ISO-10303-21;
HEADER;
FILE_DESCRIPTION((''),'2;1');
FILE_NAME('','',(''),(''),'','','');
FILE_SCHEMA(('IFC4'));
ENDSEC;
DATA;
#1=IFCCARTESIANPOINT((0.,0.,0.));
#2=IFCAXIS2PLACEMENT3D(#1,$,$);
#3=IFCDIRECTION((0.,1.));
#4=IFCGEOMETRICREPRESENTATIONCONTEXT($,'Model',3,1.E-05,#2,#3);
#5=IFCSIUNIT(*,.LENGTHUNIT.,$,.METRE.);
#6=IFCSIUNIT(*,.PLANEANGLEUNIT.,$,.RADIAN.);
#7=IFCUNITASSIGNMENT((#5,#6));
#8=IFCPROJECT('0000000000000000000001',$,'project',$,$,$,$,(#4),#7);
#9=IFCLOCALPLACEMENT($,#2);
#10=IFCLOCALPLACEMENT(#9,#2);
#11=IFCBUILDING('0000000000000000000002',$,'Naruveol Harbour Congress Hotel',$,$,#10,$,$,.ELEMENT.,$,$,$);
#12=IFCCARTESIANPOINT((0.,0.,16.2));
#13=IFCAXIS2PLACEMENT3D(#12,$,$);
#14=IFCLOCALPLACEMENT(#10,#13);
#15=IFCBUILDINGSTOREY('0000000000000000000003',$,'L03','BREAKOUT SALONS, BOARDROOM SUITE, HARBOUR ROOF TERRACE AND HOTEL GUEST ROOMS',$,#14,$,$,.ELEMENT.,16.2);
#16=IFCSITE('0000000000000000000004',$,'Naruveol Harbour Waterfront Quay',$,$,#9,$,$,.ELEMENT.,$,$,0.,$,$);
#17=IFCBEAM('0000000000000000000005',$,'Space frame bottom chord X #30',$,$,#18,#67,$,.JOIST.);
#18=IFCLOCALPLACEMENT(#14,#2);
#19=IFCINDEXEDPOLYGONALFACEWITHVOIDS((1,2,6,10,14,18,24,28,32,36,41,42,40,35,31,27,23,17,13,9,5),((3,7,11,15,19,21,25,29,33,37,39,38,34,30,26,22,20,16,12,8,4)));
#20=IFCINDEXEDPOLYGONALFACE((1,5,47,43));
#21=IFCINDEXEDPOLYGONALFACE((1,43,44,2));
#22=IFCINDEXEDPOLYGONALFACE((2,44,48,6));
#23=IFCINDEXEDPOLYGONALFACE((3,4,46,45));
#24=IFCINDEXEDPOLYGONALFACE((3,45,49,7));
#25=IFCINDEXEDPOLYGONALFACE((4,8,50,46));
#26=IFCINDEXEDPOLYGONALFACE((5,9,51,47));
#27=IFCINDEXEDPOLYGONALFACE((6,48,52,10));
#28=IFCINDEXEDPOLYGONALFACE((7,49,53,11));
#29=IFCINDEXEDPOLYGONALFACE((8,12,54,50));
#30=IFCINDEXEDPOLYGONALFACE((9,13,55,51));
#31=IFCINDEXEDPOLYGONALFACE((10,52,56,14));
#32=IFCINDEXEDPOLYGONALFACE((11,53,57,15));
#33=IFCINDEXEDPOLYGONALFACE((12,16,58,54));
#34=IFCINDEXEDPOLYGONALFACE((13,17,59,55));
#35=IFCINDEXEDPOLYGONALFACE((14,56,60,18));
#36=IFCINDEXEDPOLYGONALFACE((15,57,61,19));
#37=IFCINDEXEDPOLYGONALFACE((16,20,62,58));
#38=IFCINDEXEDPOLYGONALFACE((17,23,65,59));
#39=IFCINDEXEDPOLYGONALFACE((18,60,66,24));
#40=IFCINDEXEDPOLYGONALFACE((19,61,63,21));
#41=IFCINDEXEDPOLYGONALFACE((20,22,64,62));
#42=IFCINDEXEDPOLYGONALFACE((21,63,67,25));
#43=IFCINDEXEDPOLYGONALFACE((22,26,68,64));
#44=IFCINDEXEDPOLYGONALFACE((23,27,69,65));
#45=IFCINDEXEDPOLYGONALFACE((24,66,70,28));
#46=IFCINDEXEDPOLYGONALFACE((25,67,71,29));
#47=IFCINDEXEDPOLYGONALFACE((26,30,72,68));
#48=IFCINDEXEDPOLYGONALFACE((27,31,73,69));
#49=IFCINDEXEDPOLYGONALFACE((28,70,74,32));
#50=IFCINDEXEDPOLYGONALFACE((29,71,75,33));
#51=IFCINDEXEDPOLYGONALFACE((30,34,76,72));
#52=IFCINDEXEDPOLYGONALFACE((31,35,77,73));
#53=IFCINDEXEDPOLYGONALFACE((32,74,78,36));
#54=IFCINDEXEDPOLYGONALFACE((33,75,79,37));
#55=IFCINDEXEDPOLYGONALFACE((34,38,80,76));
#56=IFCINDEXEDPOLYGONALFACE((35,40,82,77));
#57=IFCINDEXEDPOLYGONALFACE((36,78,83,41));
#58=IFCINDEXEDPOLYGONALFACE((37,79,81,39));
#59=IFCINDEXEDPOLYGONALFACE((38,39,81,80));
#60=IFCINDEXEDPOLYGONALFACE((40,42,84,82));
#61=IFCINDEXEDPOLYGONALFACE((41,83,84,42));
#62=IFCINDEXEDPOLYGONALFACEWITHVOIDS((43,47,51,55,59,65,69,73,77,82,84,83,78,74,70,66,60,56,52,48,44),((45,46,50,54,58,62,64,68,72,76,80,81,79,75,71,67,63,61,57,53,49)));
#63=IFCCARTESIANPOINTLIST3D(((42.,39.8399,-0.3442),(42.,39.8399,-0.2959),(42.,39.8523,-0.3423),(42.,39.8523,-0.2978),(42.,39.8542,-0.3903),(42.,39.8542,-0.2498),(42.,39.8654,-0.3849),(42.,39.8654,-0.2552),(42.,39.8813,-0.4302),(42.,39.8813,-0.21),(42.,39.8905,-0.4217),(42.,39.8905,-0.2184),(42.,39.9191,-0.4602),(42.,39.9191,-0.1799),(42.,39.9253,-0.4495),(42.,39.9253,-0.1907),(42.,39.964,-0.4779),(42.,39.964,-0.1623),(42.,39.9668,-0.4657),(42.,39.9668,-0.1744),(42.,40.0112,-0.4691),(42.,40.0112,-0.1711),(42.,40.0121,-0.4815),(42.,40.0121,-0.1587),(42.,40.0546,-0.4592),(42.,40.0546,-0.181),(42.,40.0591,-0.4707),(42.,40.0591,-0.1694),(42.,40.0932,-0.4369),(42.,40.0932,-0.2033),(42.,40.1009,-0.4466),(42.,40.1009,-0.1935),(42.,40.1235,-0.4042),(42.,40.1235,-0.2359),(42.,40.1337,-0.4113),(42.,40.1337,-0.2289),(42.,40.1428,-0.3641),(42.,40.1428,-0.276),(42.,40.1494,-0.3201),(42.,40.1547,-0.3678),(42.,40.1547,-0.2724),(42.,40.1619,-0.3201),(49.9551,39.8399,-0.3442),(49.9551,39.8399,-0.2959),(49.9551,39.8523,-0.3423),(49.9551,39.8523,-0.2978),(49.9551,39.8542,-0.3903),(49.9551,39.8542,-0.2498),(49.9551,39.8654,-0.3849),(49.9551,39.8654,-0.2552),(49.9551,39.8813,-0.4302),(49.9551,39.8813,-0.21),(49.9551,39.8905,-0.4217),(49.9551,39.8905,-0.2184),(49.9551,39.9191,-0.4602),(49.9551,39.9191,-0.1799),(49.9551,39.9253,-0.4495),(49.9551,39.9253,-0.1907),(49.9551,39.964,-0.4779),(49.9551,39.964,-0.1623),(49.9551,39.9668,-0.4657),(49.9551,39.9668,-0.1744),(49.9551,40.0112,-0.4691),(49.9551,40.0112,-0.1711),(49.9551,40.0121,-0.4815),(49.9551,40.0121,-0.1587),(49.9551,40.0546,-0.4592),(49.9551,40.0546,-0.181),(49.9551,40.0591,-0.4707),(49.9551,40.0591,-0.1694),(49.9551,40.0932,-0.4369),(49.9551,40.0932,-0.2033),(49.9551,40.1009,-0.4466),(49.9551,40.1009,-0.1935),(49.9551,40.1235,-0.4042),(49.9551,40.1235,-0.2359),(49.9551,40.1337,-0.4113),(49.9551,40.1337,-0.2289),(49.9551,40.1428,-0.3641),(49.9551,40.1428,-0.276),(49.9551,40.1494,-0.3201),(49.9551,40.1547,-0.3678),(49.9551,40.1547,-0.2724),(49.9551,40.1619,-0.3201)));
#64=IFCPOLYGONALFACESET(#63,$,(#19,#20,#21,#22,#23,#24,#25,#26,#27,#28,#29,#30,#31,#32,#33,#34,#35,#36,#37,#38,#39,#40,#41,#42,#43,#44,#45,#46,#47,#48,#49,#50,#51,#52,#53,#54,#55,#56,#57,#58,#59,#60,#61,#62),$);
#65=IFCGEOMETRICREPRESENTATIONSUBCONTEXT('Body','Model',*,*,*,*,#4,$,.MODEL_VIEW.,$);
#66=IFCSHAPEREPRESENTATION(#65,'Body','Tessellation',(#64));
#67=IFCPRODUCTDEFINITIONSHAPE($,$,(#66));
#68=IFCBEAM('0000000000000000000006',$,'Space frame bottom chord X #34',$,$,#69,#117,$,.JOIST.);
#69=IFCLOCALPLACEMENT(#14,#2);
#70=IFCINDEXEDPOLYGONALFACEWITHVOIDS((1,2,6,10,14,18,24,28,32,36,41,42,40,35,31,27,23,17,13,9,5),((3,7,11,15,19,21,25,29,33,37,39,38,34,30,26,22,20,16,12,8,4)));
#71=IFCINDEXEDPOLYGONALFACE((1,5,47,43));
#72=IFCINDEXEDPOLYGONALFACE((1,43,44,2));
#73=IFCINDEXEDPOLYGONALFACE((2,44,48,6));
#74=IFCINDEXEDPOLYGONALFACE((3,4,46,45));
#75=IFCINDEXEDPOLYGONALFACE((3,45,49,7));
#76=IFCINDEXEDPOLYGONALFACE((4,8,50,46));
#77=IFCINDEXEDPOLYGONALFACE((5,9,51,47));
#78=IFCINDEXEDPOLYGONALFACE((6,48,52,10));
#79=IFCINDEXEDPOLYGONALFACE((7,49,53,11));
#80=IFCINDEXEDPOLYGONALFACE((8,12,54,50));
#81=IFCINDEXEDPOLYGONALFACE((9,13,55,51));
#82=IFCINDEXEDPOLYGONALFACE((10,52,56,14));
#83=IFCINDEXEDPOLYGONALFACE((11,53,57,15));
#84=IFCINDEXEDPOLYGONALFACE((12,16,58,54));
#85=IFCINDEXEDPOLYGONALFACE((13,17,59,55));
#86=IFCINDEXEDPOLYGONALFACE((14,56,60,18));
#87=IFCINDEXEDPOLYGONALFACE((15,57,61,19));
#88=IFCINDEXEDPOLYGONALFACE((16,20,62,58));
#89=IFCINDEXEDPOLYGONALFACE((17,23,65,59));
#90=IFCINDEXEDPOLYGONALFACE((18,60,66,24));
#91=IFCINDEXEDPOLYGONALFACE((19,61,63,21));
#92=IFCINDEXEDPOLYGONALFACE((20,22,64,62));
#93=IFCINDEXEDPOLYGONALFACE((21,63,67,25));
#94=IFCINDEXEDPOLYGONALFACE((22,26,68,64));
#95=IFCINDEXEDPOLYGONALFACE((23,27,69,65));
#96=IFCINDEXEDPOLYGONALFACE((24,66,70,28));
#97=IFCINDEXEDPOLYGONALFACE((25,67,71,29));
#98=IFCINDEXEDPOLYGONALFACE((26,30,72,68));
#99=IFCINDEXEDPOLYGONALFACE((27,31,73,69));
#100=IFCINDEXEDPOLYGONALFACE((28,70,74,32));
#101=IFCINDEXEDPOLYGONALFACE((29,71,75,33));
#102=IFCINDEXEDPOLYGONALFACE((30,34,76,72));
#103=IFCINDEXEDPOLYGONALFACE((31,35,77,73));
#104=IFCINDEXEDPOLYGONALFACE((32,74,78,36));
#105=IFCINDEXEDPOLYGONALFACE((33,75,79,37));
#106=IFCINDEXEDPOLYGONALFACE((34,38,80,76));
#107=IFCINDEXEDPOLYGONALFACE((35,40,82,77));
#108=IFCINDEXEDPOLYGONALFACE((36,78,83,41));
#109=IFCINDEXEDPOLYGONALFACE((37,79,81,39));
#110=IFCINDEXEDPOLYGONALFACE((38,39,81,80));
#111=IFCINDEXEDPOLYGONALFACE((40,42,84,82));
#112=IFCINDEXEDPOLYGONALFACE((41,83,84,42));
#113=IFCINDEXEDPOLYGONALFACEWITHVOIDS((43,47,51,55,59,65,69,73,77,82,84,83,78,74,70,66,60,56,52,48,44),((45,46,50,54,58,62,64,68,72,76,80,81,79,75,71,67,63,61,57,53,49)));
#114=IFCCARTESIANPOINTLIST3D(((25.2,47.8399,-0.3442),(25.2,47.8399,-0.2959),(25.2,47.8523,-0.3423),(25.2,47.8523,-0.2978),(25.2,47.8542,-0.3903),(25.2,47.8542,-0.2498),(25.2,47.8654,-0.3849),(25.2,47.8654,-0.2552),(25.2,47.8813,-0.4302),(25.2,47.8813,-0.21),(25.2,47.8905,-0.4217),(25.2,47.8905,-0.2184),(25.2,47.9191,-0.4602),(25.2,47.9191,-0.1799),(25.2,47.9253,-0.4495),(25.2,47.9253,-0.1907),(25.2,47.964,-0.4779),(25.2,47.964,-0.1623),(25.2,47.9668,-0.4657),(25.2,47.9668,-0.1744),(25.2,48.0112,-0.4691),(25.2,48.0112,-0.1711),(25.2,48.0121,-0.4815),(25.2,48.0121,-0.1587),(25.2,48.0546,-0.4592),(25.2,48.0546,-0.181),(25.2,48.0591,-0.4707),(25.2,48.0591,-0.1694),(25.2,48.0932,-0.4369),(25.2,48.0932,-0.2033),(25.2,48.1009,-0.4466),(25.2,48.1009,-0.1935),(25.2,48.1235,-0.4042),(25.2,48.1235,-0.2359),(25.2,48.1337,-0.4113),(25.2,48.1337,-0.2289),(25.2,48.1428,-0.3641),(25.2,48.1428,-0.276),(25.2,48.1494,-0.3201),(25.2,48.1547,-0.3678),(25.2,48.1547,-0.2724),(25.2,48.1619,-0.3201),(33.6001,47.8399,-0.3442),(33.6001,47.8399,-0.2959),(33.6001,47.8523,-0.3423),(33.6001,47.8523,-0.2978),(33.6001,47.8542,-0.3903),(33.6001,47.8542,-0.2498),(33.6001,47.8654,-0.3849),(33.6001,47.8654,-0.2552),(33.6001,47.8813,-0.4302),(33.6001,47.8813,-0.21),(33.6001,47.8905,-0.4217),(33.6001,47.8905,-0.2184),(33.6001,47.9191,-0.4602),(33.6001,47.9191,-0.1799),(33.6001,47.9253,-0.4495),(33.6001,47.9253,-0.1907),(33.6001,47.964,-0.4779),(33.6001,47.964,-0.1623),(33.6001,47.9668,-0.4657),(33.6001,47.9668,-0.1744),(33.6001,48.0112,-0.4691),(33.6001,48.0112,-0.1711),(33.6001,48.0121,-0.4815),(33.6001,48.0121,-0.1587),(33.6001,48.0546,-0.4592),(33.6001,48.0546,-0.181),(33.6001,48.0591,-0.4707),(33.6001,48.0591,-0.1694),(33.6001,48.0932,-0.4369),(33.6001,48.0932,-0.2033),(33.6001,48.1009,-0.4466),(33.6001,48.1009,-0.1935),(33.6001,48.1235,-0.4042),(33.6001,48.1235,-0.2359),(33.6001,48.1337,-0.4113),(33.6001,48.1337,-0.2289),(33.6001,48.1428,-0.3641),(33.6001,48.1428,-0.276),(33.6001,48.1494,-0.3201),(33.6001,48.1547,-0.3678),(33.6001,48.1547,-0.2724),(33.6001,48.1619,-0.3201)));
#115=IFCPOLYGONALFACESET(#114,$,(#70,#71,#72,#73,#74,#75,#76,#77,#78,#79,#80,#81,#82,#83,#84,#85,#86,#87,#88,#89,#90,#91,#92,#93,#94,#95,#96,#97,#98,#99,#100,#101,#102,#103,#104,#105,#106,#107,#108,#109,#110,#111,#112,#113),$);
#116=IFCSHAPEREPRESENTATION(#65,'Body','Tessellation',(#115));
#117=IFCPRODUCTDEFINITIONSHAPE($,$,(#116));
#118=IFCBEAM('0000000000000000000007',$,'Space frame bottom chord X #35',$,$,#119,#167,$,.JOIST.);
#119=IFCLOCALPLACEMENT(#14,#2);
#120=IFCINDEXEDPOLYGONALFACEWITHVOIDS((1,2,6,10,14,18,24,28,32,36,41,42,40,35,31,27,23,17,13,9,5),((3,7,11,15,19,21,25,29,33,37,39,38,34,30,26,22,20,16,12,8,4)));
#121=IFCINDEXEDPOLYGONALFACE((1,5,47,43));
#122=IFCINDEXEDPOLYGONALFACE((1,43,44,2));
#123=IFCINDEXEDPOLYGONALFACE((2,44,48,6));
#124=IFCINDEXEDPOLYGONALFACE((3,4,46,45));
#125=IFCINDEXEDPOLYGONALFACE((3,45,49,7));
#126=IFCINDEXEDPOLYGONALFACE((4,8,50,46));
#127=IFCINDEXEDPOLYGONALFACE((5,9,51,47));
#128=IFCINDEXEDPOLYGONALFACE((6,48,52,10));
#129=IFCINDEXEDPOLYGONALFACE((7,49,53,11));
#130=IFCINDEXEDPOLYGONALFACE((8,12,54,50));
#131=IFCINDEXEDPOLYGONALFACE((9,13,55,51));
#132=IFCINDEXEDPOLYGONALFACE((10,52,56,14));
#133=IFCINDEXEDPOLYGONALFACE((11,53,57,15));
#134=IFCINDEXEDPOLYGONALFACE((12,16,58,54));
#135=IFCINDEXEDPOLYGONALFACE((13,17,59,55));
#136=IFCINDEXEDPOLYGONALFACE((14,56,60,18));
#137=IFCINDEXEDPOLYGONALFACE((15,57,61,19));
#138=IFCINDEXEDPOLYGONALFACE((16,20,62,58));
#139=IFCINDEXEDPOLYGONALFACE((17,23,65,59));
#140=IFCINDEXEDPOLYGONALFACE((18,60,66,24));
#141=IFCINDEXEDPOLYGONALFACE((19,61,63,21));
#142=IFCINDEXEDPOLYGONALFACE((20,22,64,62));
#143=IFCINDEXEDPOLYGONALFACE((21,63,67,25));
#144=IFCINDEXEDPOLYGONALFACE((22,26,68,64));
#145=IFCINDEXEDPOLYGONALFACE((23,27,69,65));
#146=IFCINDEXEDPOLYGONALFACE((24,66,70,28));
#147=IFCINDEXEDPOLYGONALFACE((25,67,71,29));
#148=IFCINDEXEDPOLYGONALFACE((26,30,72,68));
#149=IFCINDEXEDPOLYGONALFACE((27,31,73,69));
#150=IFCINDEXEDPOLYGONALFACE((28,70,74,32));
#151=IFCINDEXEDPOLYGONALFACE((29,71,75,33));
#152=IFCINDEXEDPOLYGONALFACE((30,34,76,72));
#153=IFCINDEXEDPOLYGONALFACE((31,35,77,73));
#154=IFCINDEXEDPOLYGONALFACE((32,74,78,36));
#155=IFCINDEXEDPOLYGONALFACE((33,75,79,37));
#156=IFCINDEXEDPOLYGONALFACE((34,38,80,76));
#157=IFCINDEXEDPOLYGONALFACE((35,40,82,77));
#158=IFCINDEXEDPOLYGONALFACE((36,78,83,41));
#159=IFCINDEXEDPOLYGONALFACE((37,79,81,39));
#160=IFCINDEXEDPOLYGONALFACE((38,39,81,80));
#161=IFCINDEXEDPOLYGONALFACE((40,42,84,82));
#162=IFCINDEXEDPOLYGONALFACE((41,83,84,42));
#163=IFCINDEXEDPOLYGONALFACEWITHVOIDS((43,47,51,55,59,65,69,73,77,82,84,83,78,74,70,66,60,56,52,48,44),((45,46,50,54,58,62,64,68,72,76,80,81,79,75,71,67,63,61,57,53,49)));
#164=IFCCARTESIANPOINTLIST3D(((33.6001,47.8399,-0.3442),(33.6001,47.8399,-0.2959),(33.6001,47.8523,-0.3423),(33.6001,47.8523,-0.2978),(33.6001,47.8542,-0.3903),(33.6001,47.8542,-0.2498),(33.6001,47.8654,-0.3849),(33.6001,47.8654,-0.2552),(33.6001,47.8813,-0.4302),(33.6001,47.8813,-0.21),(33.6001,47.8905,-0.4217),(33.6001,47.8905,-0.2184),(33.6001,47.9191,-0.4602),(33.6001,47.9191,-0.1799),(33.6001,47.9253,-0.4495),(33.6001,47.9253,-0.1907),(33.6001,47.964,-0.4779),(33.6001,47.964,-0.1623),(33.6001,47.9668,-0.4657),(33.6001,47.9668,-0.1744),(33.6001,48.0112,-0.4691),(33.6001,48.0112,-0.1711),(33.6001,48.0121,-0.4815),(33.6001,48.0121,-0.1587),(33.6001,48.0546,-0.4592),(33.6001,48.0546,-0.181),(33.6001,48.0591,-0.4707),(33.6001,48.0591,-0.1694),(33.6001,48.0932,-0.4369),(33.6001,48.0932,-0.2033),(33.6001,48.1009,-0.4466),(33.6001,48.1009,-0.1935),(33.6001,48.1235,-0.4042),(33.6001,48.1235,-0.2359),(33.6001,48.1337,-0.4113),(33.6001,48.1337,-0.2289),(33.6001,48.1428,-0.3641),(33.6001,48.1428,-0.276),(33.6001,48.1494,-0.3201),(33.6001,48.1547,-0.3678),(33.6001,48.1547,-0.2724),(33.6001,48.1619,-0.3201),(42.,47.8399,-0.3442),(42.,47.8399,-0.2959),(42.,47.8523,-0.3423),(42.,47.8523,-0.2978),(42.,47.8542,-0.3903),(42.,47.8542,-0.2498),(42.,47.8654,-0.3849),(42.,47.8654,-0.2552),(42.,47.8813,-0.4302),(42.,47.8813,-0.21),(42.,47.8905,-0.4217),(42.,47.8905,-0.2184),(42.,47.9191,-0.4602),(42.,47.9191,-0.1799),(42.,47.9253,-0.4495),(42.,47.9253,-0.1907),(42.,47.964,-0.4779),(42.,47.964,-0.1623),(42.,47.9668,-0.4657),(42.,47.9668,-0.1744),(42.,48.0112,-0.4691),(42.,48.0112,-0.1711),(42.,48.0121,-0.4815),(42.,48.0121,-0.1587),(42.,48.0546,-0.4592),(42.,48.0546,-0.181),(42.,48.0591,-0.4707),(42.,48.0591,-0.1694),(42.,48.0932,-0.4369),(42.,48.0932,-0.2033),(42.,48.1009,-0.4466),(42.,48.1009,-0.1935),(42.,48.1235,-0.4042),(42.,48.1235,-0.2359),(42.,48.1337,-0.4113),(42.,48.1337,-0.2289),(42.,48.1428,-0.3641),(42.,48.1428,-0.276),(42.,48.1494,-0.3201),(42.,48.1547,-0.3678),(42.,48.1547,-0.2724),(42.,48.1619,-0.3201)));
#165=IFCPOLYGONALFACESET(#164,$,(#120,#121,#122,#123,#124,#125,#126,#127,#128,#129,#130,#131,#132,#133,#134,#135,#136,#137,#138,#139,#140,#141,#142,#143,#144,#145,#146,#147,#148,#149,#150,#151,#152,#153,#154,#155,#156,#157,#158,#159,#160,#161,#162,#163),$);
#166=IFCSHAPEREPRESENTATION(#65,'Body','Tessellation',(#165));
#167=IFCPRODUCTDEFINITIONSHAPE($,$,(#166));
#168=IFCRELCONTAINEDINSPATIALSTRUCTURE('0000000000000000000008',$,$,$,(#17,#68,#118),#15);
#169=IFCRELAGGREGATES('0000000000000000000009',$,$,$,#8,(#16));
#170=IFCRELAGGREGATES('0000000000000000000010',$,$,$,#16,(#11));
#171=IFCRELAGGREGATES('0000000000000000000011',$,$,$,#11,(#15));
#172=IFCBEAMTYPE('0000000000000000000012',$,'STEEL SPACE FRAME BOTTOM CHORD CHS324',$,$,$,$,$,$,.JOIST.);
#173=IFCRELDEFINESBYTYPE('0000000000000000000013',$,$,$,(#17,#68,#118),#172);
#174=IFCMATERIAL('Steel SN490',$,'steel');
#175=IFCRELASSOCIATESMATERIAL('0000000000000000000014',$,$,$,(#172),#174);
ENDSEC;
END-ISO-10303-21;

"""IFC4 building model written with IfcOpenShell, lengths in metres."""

from ifc_helpers import new_model, si_unit, direction, frame, origin, origin_2d, place, context, subcontext, project, spatial, hollow_circle, extrude, material, material_profile, profile_set, type_object, element, save


model = new_model("IFC4")

# Units and contexts
model_context = context("Model", 3, precision=1e-05, world=origin(), true_north=direction((0.0, 1.0)))
body_context = subcontext(model_context, "Body", "Model", "MODEL_VIEW")
ifc_project = project(units=[si_unit("LENGTHUNIT", "METRE"), si_unit("PLANEANGLEUNIT", "RADIAN")], contexts=[model_context])

# Site, building, storey
site_placement = place(None, origin())
site = spatial("IfcSite", under=ifc_project, at=site_placement, Name="Naruveol Harbour Waterfront Quay", CompositionType="ELEMENT", RefElevation=0.0)
building_placement = place(site_placement, origin())
building = spatial("IfcBuilding", under=site, at=building_placement, Name="Naruveol Harbour Congress Hotel", CompositionType="ELEMENT")
storey_placement = place(building_placement, frame((0.0, 0.0, 16.2)))
storey = spatial("IfcBuildingStorey", under=building, at=storey_placement, Name="L03", Description="BREAKOUT SALONS, BOARDROOM SUITE, HARBOUR ROOF TERRACE AND HOTEL GUEST ROOMS", CompositionType="ELEMENT", Elevation=16.2)

# Beams
ifc_material_1 = material(Name="Steel SN490", Category="steel")
ifc_material_profile_1 = material_profile(ifc_material_1, hollow_circle(Radius=0.1619, WallThickness=0.0125, at=origin_2d()), Name="CHS-323.9x12.5")
ifc_profile_set_1 = profile_set([ifc_material_profile_1], Name="Steel SN490")
beam_type_1 = type_object("IfcBeamType", Name="STEEL SPACE FRAME BOTTOM CHORD CHS324", PredefinedType="JOIST", material=ifc_profile_set_1)
beam_1_placement = place(storey_placement, frame((42.0, 40.0, -0.3201), z_axis=(1.0, 0.0, 0.0), x_axis=(0.0, 1.0, 0.0)))
element("IfcBeam", 1, at=beam_1_placement, inside=storey, type_object=beam_type_1, Name="Space frame bottom chord X #30", PredefinedType="JOIST", context=body_context, shape_type="SweptSolid", body=[
    extrude(hollow_circle(Radius=0.1619, WallThickness=0.0125, at=origin_2d()), origin(), (0.0, 0.0, 1.0), 7.9551),
])
beam_2_placement = place(storey_placement, frame((25.2, 48.0, -0.3201), z_axis=(1.0, 0.0, 0.0), x_axis=(0.0, 1.0, 0.0)))
element("IfcBeam", 2, at=beam_2_placement, inside=storey, type_object=beam_type_1, Name="Space frame bottom chord X #34", PredefinedType="JOIST", context=body_context, shape_type="SweptSolid", body=[
    extrude(hollow_circle(Radius=0.1619, WallThickness=0.0125, at=origin_2d()), origin(), (0.0, 0.0, 1.0), 8.4001),
])
beam_3_placement = place(storey_placement, frame((33.6001, 48.0, -0.3201), z_axis=(1.0, 0.0, 0.0), x_axis=(0.0, 1.0, 0.0)))
element("IfcBeam", 3, at=beam_3_placement, inside=storey, type_object=beam_type_1, Name="Space frame bottom chord X #35", PredefinedType="JOIST", context=body_context, shape_type="SweptSolid", body=[
    extrude(hollow_circle(Radius=0.1619, WallThickness=0.0125, at=origin_2d()), origin(), (0.0, 0.0, 1.0), 8.3999),
])

save(model, "model.ifc")
